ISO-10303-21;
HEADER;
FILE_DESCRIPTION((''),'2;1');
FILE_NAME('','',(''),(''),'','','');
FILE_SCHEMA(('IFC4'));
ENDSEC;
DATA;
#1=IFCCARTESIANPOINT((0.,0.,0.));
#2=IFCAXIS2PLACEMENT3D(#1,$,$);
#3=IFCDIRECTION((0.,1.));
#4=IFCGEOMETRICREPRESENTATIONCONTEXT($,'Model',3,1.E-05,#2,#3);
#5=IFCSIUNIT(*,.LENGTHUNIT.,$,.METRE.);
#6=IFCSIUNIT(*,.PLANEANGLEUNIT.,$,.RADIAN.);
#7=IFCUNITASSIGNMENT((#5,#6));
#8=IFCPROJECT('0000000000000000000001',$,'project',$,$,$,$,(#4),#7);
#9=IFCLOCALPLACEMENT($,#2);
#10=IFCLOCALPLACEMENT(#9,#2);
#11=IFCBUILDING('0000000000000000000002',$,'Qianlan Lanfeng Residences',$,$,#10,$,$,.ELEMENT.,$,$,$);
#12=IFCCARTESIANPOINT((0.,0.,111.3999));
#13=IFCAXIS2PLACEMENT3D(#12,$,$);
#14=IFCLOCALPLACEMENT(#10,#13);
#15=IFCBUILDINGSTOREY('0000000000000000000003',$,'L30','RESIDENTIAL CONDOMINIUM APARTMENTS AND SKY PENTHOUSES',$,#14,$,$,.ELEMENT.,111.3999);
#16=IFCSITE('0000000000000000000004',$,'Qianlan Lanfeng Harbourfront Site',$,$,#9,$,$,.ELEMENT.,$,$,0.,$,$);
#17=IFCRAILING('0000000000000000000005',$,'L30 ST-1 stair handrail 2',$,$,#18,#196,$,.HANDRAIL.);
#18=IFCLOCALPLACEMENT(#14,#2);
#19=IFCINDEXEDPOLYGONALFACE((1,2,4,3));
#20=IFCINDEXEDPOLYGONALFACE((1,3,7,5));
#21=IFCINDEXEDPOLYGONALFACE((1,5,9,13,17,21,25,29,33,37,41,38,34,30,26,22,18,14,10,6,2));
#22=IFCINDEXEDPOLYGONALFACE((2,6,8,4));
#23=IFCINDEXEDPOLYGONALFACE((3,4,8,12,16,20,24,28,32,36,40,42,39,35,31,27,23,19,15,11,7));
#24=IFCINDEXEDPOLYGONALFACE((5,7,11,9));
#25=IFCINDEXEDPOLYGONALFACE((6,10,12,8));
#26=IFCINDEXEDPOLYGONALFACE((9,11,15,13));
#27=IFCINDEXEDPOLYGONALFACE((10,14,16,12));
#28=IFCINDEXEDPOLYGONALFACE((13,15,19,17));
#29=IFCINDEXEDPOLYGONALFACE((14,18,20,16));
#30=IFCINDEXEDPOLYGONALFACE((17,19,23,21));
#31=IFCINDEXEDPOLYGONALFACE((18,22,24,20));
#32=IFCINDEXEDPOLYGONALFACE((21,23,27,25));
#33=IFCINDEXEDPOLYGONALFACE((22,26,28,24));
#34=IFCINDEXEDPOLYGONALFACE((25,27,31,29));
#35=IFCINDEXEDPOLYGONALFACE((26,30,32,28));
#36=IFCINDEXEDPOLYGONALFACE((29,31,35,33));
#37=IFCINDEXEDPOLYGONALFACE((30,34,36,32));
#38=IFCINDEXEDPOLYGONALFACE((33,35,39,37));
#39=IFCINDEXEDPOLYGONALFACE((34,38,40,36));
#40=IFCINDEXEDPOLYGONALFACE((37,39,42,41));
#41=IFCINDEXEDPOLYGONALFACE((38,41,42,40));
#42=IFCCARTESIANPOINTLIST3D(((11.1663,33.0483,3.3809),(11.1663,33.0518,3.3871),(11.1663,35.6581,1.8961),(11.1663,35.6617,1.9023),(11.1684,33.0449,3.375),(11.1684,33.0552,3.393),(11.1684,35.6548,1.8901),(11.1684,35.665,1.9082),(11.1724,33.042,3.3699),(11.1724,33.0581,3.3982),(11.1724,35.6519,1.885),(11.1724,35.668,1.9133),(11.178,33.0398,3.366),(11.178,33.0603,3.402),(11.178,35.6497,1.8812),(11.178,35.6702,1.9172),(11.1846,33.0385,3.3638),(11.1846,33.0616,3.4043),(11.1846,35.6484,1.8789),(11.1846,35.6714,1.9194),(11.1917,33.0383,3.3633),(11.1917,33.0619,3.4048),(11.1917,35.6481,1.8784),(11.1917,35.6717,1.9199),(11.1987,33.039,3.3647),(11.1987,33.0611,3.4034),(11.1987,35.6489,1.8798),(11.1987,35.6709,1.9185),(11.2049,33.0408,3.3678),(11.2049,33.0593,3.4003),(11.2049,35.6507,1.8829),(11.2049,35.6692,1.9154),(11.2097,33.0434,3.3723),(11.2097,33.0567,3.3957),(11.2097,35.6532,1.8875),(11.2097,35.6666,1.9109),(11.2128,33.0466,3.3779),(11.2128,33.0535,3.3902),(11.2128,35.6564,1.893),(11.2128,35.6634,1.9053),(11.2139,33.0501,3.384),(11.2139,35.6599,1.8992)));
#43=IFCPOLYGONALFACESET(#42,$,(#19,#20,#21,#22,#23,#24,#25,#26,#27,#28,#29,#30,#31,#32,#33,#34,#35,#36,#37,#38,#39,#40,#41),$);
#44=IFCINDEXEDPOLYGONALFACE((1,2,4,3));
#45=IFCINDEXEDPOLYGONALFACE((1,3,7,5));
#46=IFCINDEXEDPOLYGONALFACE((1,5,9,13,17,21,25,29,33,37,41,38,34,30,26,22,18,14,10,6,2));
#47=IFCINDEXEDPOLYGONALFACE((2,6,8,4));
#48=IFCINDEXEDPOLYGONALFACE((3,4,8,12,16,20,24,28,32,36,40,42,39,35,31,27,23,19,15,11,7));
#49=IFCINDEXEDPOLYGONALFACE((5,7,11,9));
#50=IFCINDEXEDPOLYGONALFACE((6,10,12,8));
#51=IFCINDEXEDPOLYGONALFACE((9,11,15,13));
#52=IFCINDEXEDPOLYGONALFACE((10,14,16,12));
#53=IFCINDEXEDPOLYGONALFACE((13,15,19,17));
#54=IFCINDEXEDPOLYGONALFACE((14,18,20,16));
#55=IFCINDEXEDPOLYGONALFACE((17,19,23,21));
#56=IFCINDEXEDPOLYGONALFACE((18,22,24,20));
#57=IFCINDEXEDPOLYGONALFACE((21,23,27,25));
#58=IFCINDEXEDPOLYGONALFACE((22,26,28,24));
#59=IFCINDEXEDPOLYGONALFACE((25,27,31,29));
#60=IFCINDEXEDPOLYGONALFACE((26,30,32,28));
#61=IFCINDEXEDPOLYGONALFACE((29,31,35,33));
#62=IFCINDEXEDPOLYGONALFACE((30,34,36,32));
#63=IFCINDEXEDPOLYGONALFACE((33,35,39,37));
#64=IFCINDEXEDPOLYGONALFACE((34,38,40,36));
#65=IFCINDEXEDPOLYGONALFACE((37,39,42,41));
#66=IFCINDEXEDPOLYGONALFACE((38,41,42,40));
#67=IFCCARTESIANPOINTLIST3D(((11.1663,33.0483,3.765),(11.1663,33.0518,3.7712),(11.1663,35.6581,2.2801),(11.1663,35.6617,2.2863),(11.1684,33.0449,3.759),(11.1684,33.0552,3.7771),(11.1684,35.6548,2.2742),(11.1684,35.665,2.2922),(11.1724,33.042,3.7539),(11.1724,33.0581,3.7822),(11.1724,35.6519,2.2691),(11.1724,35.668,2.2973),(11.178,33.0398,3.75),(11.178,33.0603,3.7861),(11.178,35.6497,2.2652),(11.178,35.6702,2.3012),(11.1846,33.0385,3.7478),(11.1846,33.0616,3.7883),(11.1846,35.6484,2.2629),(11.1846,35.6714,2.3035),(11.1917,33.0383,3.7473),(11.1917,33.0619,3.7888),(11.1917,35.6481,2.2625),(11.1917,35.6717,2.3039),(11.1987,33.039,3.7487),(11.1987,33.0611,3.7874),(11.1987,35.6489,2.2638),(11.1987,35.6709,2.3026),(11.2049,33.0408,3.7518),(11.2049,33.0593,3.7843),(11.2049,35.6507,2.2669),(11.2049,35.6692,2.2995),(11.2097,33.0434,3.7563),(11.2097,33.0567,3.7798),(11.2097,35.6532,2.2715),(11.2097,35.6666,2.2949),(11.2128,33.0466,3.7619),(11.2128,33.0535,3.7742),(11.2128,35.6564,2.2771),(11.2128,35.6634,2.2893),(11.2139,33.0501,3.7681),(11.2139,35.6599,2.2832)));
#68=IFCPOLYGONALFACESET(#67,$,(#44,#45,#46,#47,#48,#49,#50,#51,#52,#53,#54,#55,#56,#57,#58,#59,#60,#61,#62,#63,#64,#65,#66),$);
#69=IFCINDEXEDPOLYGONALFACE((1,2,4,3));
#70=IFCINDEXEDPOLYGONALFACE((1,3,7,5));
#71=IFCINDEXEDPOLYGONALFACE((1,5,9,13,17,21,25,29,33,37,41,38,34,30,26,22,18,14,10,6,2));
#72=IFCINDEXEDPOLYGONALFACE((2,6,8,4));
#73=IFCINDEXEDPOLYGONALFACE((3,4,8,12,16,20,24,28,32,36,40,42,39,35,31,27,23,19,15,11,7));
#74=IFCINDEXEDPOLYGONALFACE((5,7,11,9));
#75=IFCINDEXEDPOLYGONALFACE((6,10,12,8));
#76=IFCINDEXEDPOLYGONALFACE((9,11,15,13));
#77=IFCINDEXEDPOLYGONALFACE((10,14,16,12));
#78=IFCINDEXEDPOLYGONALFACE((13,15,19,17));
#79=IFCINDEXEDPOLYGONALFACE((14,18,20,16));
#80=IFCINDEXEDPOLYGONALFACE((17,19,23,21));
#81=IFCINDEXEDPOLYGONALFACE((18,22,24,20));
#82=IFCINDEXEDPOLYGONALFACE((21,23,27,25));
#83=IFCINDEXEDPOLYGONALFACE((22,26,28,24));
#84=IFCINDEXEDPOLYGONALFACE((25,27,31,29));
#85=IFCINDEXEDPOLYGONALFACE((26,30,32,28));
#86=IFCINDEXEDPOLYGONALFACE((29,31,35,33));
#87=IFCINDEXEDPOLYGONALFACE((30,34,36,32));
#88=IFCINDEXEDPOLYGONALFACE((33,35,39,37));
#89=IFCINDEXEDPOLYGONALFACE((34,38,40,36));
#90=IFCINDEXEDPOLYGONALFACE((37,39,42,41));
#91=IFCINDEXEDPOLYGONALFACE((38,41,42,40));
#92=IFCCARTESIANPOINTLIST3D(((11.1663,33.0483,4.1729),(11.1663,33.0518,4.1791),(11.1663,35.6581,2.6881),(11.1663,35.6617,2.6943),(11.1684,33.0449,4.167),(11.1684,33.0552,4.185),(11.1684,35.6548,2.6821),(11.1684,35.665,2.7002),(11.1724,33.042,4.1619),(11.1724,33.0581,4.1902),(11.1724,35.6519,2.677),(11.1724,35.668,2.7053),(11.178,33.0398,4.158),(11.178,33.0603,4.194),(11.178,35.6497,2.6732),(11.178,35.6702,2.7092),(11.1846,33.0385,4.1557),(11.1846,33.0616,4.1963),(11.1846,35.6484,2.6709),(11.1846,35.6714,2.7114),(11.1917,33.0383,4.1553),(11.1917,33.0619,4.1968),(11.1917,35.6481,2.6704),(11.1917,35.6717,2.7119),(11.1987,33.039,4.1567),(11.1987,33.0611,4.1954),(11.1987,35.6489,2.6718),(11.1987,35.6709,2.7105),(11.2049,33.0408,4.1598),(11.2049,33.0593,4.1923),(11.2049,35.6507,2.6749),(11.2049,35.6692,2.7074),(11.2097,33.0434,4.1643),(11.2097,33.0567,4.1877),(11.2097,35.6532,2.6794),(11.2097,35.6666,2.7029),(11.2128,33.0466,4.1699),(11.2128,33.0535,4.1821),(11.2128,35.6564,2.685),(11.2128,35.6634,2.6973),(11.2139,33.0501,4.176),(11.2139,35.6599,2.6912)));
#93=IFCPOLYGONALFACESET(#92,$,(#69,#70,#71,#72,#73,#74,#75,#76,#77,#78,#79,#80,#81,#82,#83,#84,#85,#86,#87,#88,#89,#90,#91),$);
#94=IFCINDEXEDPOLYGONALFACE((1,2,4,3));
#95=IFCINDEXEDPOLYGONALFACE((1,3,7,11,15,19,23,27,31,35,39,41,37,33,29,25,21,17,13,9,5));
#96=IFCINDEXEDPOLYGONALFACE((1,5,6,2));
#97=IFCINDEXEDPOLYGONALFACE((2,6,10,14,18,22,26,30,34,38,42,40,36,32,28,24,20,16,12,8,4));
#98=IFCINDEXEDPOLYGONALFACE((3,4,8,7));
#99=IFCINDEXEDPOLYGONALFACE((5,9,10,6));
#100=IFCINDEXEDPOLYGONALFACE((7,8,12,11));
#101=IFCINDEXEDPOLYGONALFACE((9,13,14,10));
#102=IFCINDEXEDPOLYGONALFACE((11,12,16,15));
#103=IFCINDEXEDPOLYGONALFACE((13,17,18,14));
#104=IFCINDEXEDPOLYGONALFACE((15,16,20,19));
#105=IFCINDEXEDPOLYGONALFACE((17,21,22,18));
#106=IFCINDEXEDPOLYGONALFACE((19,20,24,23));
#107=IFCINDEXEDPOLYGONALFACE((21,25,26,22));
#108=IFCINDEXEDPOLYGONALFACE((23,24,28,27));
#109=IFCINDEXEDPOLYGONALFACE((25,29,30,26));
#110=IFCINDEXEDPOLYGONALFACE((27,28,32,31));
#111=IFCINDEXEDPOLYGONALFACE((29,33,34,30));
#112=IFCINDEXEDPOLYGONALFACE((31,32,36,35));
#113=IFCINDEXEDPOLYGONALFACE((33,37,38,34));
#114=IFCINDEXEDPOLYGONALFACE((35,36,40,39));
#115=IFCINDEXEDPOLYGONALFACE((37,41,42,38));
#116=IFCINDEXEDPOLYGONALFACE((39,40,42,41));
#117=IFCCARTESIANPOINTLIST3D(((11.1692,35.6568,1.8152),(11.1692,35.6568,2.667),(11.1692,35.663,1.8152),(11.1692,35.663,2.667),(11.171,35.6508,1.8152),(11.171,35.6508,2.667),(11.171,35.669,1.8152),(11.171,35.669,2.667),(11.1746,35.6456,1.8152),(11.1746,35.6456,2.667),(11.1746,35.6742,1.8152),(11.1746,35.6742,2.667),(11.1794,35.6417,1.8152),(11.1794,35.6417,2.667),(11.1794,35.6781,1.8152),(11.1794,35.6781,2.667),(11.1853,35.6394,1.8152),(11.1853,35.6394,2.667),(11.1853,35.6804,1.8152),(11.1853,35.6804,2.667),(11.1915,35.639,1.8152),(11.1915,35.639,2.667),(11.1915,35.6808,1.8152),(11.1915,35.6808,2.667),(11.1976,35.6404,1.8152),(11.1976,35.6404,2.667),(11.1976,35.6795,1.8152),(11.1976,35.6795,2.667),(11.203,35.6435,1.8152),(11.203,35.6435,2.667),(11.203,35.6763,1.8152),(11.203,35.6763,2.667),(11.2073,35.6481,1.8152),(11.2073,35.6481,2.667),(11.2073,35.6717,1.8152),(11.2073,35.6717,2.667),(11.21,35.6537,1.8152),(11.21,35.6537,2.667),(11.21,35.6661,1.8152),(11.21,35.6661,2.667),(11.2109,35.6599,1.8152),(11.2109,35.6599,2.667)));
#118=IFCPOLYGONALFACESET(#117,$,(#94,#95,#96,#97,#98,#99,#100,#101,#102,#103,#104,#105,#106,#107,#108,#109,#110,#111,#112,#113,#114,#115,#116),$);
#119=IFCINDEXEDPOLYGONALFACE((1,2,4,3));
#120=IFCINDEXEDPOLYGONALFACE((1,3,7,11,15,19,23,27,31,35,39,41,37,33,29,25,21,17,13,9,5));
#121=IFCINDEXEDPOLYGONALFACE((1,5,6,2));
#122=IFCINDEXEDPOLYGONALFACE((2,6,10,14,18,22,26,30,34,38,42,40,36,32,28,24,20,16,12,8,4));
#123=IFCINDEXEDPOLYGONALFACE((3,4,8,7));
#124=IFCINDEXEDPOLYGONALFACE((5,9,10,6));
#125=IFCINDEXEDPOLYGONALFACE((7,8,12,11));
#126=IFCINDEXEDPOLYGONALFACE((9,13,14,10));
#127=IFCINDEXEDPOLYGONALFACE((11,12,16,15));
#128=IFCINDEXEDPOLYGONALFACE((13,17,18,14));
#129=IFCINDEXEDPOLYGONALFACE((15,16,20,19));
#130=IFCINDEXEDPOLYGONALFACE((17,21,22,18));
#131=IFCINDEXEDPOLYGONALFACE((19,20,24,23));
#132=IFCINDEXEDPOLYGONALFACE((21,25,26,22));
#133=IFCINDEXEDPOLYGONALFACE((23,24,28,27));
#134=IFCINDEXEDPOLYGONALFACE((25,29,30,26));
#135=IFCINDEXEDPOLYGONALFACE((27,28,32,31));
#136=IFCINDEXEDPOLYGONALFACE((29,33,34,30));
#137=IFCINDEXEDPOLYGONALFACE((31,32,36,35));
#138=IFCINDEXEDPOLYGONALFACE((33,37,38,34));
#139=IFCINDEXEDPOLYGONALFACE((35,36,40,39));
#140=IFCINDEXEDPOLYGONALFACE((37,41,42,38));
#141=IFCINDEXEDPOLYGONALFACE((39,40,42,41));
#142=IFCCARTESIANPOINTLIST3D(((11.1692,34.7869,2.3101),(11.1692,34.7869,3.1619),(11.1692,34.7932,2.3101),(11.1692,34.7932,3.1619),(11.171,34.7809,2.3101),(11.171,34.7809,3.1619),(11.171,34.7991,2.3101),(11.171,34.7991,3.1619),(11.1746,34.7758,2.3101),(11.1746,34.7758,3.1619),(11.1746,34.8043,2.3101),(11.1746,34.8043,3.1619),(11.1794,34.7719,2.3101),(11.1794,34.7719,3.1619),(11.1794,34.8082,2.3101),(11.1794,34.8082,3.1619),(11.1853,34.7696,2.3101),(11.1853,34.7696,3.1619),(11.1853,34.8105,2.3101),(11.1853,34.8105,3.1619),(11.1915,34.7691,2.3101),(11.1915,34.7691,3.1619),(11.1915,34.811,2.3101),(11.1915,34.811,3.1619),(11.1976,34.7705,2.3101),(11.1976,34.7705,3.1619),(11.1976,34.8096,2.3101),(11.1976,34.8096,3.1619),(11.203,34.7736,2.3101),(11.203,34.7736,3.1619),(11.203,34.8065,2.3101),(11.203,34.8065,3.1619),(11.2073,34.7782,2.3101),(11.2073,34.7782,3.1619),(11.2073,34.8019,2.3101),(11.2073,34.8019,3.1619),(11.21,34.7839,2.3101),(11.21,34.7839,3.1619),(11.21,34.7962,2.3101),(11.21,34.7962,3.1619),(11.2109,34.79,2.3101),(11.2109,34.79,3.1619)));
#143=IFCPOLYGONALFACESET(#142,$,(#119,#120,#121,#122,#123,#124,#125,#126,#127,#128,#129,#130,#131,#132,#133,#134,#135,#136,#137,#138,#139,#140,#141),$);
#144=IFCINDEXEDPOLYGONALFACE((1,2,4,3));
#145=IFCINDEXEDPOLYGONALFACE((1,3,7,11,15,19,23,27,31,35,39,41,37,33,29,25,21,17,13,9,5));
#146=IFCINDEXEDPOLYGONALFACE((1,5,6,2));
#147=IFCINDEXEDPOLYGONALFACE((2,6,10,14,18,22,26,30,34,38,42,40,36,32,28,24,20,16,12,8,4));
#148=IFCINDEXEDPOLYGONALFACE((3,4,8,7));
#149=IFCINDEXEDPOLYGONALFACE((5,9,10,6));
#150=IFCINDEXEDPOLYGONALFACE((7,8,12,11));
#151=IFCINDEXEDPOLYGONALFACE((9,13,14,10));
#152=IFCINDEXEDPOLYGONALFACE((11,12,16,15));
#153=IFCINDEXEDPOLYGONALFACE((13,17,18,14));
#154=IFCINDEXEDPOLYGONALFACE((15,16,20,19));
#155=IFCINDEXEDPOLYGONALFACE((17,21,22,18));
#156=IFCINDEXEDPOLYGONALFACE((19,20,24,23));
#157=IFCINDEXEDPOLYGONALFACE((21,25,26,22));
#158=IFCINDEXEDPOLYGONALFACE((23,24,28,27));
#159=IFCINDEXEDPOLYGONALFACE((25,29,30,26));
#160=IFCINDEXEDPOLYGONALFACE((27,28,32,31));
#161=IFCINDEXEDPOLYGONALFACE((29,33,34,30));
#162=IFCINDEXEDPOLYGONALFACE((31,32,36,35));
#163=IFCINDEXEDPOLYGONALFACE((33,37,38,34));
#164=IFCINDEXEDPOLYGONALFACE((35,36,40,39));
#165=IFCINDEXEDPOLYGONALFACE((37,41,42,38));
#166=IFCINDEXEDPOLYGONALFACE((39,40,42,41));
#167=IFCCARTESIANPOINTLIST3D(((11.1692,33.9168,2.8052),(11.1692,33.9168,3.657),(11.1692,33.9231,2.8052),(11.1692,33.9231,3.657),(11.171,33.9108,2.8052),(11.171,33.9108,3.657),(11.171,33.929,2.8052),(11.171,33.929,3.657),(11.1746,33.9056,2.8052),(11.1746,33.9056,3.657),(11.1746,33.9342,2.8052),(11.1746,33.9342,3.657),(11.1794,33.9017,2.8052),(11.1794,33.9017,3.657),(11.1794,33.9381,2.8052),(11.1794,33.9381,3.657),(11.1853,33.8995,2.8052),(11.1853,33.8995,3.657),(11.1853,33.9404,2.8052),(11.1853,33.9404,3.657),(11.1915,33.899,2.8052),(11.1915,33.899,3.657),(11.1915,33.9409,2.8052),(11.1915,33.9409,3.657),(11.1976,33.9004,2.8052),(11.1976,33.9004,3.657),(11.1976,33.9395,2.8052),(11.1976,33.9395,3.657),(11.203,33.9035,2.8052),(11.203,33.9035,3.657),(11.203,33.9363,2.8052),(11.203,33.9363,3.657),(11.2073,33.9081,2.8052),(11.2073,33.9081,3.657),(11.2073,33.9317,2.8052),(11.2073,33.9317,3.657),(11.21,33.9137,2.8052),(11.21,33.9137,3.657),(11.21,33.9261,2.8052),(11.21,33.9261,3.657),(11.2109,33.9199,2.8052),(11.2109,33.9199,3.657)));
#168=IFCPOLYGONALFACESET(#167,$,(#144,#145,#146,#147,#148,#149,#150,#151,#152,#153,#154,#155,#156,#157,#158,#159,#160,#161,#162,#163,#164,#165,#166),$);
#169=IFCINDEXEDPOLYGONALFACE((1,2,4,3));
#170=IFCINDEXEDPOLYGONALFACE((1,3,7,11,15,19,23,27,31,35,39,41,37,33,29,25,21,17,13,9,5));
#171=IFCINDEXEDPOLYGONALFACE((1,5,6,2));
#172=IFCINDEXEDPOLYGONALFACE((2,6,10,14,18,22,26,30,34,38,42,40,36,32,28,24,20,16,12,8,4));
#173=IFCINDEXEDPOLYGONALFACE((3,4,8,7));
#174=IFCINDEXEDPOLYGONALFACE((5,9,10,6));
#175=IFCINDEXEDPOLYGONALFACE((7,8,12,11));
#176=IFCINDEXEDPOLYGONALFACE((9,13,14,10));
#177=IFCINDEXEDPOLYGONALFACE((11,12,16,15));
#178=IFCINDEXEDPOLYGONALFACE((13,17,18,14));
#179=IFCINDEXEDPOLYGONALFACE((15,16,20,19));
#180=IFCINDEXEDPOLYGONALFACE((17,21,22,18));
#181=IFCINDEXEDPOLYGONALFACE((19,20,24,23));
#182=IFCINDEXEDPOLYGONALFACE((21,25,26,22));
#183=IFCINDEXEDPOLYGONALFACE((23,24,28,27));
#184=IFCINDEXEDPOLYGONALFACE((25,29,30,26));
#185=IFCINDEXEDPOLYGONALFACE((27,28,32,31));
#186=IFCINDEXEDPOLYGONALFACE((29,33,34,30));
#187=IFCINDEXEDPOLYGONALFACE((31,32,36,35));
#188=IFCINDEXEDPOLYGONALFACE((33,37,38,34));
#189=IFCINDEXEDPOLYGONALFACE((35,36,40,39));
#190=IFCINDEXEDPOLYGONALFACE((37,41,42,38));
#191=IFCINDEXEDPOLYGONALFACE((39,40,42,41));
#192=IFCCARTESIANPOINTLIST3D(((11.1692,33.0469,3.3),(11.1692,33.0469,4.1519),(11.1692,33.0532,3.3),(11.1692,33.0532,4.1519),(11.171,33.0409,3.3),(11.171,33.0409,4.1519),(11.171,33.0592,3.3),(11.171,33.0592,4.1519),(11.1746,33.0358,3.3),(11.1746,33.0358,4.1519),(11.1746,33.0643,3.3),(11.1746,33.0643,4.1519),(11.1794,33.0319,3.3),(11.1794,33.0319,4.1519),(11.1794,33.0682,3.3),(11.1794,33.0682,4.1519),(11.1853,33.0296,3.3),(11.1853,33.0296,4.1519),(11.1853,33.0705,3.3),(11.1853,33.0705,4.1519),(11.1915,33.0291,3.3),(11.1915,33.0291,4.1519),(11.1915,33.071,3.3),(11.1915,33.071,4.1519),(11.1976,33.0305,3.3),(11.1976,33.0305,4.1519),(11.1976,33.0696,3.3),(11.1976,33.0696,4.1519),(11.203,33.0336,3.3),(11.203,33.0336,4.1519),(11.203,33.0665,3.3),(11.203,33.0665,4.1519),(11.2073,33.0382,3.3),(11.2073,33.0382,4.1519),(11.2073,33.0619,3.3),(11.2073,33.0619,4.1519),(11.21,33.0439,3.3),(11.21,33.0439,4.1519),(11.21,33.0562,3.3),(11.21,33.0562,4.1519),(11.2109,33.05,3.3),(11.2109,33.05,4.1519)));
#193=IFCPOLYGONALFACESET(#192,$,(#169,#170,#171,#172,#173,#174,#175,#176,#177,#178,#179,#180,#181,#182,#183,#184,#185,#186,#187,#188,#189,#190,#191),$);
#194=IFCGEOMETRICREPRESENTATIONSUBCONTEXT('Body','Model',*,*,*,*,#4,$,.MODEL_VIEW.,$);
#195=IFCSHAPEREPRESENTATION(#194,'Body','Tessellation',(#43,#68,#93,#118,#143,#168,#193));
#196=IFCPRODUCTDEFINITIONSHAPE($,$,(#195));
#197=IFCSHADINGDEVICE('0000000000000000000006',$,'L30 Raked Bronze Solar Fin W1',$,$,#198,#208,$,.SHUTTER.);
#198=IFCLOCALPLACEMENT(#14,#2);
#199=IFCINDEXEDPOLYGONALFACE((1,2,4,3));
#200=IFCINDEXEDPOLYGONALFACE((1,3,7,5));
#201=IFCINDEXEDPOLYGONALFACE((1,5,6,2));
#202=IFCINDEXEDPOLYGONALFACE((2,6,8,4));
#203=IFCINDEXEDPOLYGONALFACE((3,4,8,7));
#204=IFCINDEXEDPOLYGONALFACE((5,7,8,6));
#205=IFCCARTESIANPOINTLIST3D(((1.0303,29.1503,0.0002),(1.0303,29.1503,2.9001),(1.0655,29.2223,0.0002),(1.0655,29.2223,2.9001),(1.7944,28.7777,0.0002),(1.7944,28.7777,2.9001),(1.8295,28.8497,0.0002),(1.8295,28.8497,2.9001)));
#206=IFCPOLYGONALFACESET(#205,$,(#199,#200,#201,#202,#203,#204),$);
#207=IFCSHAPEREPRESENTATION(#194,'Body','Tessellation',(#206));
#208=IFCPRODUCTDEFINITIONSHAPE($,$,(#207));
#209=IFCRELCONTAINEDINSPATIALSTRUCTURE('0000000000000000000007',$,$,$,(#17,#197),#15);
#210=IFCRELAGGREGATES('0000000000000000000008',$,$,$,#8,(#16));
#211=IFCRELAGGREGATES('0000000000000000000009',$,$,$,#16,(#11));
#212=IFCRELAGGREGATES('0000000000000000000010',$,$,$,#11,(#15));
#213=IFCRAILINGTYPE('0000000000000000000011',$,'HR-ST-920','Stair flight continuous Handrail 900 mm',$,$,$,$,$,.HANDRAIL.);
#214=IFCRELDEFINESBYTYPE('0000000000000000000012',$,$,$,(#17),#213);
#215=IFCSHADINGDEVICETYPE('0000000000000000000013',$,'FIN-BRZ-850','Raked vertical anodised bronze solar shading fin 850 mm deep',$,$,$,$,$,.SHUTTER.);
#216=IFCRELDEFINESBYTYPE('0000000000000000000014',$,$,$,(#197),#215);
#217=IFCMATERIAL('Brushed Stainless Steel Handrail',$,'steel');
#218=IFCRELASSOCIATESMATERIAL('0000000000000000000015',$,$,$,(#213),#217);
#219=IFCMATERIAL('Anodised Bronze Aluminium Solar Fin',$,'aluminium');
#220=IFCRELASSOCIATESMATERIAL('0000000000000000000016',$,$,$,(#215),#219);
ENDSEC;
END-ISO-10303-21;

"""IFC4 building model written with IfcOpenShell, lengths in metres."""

from ifc_helpers import new_model, si_unit, direction, frame, origin, origin_2d, place, context, subcontext, project, spatial, rectangle, circle, extrude, source, transform, mapped, material, type_object, element, save


model = new_model("IFC4")

# Units and contexts
model_context = context("Model", 3, precision=1e-05, world=origin(), true_north=direction((0.0, 1.0)))
body_context = subcontext(model_context, "Body", "Model", "MODEL_VIEW")
ifc_project = project(units=[si_unit("LENGTHUNIT", "METRE"), si_unit("PLANEANGLEUNIT", "RADIAN")], contexts=[model_context])

# Site, building, storey
site_placement = place(None, origin())
site = spatial("IfcSite", under=ifc_project, at=site_placement, Name="Qianlan Lanfeng Harbourfront Site", CompositionType="ELEMENT", RefElevation=0.0)
building_placement = place(site_placement, origin())
building = spatial("IfcBuilding", under=site, at=building_placement, Name="Qianlan Lanfeng Residences", CompositionType="ELEMENT")
storey_placement = place(building_placement, frame((0.0, 0.0, 111.3999)))
storey = spatial("IfcBuildingStorey", under=building, at=storey_placement, Name="L30", Description="RESIDENTIAL CONDOMINIUM APARTMENTS AND SKY PENTHOUSES", CompositionType="ELEMENT", Elevation=111.3999)

# Railing
ifc_material_1 = material(Name="Brushed Stainless Steel Handrail", Category="steel")
railing_type = type_object("IfcRailingType", Name="HR-ST-920", Description="Stair flight continuous Handrail 900 mm", PredefinedType="HANDRAIL", material=ifc_material_1)
railing_placement = place(storey_placement, frame((11.1899, 35.6599, 1.8152)))
element("IfcRailing", 1, at=railing_placement, inside=storey, type_object=railing_type, Name="L30 ST-1 stair handrail 2", PredefinedType="HANDRAIL", context=body_context, shape_type="SweptSolid", body=[
    extrude(circle(Radius=0.0239, at=origin_2d()), frame((0.0, 0.0, 0.084), z_axis=(0.0, -0.869172, 0.494509), x_axis=(1.0, 0.0, 0.0)), (0.0, 0.0, 1.0), 3.0027),
    extrude(circle(Radius=0.0239, at=origin_2d()), frame((0.0, 0.0, 0.468), z_axis=(0.0, -0.869172, 0.494509), x_axis=(1.0, 0.0, 0.0)), (0.0, 0.0, 1.0), 3.0027),
    extrude(circle(Radius=0.0239, at=origin_2d()), frame((0.0, 0.0, 0.876), z_axis=(0.0, -0.869172, 0.494509), x_axis=(1.0, 0.0, 0.0)), (0.0, 0.0, 1.0), 3.0027),
    extrude(circle(Radius=0.021, at=origin_2d()), origin(), (0.0, 0.0, 1.0), 0.8518),
    extrude(circle(Radius=0.021, at=origin_2d()), frame((0.0, -0.8699, 0.4949)), (0.0, 0.0, 1.0), 0.8518),
    extrude(circle(Radius=0.021, at=origin_2d()), frame((0.0, -1.74, 0.99)), (0.0, 0.0, 1.0), 0.8518),
    extrude(circle(Radius=0.021, at=origin_2d()), frame((0.0, -2.6099, 1.4849)), (0.0, 0.0, 1.0), 0.8518),
])

# Shading device
ifc_material_2 = material(Name="Anodised Bronze Aluminium Solar Fin", Category="aluminium")
shading_device_type = type_object("IfcShadingDeviceType", Name="FIN-BRZ-850", Description="Raked vertical anodised bronze solar shading fin 850 mm deep", PredefinedType="SHUTTER", material=ifc_material_2)
shared_shape_1 = source(origin(), body_context, "Body", "SweptSolid", [
    extrude(rectangle(XDim=0.8501, YDim=0.0801, at=origin_2d()), origin(), (0.0, 0.0, 1.0), 2.8999),
])
for number, where, z_axis, x_axis, name in (
    (2, (1.4299, 29.0, 0.0002), (0.0, 0.0, 1.0), (0.898794, -0.438371, 0.0), "L30 Raked Bronze Solar Fin W1"),
):
    element("IfcShadingDevice", number, at=place(storey_placement, frame(where, z_axis=z_axis, x_axis=x_axis)), inside=storey, type_object=shading_device_type, Name=name, PredefinedType="SHUTTER", context=body_context, shape_type="MappedRepresentation", body=[
        mapped(shared_shape_1, transform((0.0, 0.0, 0.0), scale=1.0)),
    ])

save(model, "model.ifc")
